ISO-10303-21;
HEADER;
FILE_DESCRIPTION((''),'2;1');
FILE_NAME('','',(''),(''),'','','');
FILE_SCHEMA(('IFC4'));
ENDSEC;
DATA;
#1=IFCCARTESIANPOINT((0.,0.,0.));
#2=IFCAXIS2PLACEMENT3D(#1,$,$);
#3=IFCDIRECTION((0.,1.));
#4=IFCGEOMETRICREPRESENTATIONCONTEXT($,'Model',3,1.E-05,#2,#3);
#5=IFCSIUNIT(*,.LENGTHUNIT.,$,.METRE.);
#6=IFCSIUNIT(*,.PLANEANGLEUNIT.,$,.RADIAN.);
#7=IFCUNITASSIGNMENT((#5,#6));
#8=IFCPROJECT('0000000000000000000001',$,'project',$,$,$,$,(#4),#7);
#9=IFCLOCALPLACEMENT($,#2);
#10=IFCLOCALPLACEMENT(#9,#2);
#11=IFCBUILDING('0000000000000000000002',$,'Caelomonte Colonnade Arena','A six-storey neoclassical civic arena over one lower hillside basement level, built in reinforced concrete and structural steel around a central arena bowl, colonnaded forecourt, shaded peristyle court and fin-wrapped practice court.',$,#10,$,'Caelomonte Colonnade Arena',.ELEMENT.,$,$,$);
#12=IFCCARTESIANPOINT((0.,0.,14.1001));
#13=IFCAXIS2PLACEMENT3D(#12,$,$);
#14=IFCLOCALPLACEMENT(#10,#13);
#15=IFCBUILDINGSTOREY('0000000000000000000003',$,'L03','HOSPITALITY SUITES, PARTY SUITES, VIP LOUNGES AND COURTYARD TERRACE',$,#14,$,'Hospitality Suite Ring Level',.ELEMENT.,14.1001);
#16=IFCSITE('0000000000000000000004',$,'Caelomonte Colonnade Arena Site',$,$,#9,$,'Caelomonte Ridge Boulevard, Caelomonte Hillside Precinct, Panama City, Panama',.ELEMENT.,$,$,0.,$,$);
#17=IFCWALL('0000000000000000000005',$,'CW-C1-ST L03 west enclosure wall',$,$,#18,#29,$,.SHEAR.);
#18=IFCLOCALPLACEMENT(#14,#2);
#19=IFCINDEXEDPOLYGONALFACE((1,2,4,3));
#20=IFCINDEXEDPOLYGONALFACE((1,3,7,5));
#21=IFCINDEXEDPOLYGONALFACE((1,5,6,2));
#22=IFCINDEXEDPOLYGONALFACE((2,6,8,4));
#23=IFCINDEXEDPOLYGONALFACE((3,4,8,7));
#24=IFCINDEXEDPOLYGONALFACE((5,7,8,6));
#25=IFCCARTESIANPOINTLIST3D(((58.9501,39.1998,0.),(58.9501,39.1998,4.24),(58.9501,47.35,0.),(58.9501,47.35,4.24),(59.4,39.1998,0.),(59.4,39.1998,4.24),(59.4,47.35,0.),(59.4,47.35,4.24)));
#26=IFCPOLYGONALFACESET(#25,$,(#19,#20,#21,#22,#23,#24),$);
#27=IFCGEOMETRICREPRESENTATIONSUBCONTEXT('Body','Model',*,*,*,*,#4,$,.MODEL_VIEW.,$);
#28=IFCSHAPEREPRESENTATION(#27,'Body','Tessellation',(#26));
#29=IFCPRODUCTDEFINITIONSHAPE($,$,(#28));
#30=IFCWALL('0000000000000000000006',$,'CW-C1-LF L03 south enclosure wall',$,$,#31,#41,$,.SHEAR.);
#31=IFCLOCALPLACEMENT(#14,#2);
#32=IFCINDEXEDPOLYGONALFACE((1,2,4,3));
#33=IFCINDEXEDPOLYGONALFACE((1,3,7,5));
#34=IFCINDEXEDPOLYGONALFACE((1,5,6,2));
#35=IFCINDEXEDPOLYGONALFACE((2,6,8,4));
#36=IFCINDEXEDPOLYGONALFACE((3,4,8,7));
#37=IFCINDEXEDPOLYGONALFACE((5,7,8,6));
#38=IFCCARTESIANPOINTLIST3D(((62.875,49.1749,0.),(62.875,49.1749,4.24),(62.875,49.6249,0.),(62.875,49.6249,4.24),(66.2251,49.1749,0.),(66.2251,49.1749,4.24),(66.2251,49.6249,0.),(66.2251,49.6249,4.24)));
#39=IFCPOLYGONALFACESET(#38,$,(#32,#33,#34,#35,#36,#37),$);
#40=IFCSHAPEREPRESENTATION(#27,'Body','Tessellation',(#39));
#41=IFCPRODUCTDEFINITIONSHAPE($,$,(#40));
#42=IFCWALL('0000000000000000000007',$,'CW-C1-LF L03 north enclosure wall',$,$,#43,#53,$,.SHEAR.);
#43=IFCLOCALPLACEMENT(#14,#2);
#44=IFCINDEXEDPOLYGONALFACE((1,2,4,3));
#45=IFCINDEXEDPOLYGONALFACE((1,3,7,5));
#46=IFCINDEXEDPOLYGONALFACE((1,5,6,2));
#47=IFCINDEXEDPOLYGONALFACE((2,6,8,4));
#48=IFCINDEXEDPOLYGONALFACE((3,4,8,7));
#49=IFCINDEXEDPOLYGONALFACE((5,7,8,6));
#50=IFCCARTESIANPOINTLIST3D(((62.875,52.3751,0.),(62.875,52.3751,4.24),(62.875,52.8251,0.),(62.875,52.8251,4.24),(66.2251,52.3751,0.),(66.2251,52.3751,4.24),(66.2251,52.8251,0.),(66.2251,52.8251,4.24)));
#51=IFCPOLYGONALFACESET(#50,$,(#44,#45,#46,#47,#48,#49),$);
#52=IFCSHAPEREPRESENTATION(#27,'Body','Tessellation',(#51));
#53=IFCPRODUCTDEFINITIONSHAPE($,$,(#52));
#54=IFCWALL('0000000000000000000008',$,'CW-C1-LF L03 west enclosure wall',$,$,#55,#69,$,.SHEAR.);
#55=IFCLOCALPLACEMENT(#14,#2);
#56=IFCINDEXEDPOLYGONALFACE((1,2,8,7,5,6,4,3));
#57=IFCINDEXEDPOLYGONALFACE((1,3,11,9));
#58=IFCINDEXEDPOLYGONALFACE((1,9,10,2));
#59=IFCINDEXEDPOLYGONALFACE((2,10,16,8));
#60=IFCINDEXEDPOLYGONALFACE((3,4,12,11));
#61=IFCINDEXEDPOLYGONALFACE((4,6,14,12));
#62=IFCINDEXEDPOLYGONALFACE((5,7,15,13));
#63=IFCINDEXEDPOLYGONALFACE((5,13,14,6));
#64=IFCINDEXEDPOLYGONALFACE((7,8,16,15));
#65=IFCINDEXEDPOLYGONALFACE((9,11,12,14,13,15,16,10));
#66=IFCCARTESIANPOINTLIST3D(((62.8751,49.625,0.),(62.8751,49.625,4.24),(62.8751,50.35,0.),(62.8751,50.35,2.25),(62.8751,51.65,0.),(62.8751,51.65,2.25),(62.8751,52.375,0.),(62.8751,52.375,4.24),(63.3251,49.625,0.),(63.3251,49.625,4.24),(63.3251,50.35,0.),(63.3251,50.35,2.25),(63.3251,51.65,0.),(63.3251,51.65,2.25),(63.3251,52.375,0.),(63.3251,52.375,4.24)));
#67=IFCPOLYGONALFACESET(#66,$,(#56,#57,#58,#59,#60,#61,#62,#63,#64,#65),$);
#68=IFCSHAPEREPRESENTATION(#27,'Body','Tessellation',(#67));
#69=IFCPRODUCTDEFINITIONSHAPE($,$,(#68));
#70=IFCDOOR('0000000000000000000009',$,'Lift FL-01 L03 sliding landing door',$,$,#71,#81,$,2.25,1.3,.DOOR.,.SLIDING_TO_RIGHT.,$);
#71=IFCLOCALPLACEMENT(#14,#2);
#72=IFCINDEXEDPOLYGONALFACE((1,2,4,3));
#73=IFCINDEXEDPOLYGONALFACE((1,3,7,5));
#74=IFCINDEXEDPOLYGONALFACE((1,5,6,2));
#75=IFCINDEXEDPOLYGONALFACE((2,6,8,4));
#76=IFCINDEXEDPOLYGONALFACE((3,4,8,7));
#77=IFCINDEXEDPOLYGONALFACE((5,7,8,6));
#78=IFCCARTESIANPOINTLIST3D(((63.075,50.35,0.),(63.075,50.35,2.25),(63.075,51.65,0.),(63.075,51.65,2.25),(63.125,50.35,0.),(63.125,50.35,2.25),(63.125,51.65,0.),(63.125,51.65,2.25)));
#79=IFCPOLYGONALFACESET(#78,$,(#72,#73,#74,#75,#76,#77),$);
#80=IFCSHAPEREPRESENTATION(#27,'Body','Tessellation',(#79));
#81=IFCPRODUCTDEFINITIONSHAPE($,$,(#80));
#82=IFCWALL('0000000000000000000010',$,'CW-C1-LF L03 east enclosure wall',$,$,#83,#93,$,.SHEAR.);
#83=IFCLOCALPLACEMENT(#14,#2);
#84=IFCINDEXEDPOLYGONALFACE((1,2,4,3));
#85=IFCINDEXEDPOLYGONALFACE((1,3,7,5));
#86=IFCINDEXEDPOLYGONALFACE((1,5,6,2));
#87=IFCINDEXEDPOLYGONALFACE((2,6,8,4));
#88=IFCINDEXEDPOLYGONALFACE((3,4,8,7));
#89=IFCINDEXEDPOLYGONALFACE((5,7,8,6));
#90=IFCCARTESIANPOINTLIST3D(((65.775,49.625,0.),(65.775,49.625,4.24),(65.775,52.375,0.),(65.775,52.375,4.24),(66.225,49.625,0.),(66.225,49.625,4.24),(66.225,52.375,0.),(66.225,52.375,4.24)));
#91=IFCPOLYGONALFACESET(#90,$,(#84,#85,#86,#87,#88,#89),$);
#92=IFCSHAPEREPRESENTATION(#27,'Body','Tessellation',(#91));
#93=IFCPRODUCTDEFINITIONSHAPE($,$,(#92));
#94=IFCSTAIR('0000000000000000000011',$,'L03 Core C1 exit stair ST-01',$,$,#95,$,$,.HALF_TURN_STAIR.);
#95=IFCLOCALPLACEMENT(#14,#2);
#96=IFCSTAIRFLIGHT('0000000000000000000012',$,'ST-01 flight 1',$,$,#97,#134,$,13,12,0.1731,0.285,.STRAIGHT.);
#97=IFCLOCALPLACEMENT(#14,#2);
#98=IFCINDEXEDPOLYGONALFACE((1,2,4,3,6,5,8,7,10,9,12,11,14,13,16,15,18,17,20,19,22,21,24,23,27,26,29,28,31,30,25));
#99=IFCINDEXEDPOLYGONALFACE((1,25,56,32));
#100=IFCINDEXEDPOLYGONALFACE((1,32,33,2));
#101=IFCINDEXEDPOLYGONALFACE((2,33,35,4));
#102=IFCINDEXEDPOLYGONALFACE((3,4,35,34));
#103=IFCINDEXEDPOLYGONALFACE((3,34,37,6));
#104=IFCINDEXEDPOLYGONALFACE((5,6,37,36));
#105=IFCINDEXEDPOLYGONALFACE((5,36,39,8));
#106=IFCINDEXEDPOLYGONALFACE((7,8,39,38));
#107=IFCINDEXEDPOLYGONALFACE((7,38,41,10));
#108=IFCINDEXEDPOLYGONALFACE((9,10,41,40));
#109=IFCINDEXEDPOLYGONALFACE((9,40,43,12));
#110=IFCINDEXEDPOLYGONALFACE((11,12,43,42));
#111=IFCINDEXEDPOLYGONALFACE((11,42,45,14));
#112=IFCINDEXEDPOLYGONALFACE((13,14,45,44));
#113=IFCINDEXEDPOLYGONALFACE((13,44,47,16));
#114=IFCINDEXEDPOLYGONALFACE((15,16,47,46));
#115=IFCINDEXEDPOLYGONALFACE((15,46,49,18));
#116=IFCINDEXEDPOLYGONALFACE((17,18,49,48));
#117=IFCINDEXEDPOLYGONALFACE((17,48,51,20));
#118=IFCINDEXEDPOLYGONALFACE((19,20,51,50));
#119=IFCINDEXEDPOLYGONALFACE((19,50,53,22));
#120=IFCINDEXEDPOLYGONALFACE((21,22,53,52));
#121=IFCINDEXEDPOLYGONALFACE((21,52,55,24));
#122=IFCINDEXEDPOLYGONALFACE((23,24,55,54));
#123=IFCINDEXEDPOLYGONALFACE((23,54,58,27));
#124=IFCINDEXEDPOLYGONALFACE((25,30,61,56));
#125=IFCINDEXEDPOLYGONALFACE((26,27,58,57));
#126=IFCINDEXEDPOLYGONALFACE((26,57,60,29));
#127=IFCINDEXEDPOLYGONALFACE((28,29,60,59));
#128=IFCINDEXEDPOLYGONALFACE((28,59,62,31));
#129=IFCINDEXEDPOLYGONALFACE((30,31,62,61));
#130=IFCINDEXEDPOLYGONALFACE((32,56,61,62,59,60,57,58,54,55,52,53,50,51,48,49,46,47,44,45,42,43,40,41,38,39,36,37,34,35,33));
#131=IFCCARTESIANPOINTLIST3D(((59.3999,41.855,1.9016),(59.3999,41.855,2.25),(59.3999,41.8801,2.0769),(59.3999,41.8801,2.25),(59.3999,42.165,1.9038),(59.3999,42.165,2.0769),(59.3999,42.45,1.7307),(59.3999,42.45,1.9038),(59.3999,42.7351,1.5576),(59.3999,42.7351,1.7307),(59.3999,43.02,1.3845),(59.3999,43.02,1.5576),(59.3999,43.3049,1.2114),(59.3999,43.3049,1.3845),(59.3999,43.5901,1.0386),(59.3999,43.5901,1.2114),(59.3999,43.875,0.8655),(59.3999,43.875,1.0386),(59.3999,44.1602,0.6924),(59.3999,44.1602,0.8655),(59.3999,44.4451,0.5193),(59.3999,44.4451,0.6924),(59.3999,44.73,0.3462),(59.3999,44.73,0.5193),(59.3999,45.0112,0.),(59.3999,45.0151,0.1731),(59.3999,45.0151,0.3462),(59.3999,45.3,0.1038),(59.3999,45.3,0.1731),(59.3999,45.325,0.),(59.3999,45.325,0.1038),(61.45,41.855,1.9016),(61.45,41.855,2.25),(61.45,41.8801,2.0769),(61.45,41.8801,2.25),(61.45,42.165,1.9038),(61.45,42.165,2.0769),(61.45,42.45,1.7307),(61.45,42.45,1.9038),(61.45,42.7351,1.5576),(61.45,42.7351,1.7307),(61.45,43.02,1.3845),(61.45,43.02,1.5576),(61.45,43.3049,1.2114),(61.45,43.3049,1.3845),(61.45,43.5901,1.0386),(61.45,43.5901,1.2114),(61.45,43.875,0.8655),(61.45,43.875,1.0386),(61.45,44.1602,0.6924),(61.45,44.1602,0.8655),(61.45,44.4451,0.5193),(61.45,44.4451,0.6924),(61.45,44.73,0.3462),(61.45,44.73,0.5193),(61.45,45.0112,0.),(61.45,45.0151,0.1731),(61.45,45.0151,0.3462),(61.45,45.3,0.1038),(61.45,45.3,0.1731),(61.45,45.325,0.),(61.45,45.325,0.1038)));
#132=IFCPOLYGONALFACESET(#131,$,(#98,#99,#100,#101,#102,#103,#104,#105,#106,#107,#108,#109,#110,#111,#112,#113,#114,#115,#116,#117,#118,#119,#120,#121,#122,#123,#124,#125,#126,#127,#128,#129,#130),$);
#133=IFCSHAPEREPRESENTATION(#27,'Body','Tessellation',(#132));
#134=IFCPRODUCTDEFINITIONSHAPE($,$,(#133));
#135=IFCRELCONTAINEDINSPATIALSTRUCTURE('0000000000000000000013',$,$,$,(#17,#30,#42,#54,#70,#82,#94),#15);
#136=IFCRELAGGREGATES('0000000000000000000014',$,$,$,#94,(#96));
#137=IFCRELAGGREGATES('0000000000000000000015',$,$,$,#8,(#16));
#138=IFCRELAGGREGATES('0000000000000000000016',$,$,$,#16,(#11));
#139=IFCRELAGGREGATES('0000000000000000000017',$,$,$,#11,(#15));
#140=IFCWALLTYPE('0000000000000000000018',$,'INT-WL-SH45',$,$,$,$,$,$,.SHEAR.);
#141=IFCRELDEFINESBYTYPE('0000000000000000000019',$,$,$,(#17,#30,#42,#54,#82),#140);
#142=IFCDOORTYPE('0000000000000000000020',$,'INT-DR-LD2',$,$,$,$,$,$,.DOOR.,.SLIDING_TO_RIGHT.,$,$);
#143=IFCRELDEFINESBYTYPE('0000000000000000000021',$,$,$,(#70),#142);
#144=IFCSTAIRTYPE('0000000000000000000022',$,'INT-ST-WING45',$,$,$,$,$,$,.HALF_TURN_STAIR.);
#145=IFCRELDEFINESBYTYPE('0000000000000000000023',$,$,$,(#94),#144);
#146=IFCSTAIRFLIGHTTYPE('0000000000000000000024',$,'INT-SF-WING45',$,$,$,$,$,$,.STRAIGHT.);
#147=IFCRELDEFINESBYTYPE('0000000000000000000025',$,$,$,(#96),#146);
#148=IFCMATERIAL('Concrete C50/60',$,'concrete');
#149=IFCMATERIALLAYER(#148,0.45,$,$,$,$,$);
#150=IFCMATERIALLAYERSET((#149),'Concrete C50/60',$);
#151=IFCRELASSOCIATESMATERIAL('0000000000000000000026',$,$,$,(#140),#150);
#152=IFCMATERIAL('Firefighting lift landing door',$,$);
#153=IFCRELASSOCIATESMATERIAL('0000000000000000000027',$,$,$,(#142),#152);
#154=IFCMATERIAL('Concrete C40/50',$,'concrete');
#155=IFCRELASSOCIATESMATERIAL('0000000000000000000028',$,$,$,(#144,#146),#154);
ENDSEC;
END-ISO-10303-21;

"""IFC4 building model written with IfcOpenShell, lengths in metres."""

from ifc_helpers import new_model, si_unit, direction, frame, frame_2d, origin, place, context, subcontext, project, spatial, polyline, rectangle, outline, extrude, material, layer, layer_set, type_object, element, fill, aggregate, save


model = new_model("IFC4")

# Units and contexts
model_context = context("Model", 3, precision=1e-05, world=origin(), true_north=direction((0.0, 1.0)))
body_context = subcontext(model_context, "Body", "Model", "MODEL_VIEW")
ifc_project = project(units=[si_unit("LENGTHUNIT", "METRE"), si_unit("PLANEANGLEUNIT", "RADIAN")], contexts=[model_context])

# Site, building, storey
site_placement = place(None, origin())
site = spatial("IfcSite", under=ifc_project, at=site_placement, Name="Caelomonte Colonnade Arena Site", LongName="Caelomonte Ridge Boulevard, Caelomonte Hillside Precinct, Panama City, Panama", CompositionType="ELEMENT", RefElevation=0.0)
building_placement = place(site_placement, origin())
building = spatial("IfcBuilding", under=site, at=building_placement, Name="Caelomonte Colonnade Arena", Description="A six-storey neoclassical civic arena over one lower hillside basement level, built in reinforced concrete and structural steel around a central arena bowl, colonnaded forecourt, shaded peristyle court and fin-wrapped practice court.", LongName="Caelomonte Colonnade Arena", CompositionType="ELEMENT")
storey_placement = place(building_placement, frame((0.0, 0.0, 14.1001)))
storey = spatial("IfcBuildingStorey", under=building, at=storey_placement, Name="L03", Description="HOSPITALITY SUITES, PARTY SUITES, VIP LOUNGES AND COURTYARD TERRACE", LongName="Hospitality Suite Ring Level", CompositionType="ELEMENT", Elevation=14.1001)

# Shared definitions
ifc_material_1 = material(Name="Concrete C40/50", Category="concrete")

# Shared definitions
ifc_material_2 = material(Name="Concrete C50/60", Category="concrete")
ifc_layer_1 = layer(ifc_material_2, 0.45)
ifc_layer_set_1 = layer_set([ifc_layer_1], Name="Concrete C50/60")
wall_type_1 = type_object("IfcWallType", Name="INT-WL-SH45", PredefinedType="SHEAR", material=ifc_layer_set_1)

# Walls
wall_1_placement = place(storey_placement, frame((59.175, 47.3501, 0.0), z_axis=(0.0, 0.0, 1.0), x_axis=(0.0, -1.0, 0.0)))
element("IfcWall", 1, at=wall_1_placement, inside=storey, type_object=wall_type_1, Name="CW-C1-ST L03 west enclosure wall", PredefinedType="SHEAR", context=body_context, shape_type="SweptSolid", body=[
    extrude(rectangle(XDim=8.1501, YDim=0.45, at=frame_2d((4.0752, 0.0))), origin(), (0.0, 0.0, 1.0), 4.24),
])
for number, where, z_axis, x_axis, name in (
    (2, (62.875, 49.3999, 0.0), (0.0, 0.0, 1.0), (1.0, 0.0, 0.0), "CW-C1-LF L03 south enclosure wall"),
    (3, (66.2251, 52.6001, 0.0), (0.0, 0.0, 1.0), (-1.0, 0.0, 0.0), "CW-C1-LF L03 north enclosure wall"),
):
    element("IfcWall", number, at=place(storey_placement, frame(where, z_axis=z_axis, x_axis=x_axis)), inside=storey, type_object=wall_type_1, Name=name, PredefinedType="SHEAR", context=body_context, shape_type="SweptSolid", body=[
        extrude(rectangle(XDim=3.3501, YDim=0.45, at=frame_2d((1.675, 0.0))), origin(), (0.0, 0.0, 1.0), 4.24),
    ])

# Wall, opening, door
wall_2_placement = place(storey_placement, frame((63.1001, 52.375, 0.0), z_axis=(0.0, 0.0, 1.0), x_axis=(0.0, -1.0, 0.0)))
wall_2 = element("IfcWall", 4, at=wall_2_placement, inside=storey, type_object=wall_type_1, Name="CW-C1-LF L03 west enclosure wall", PredefinedType="SHEAR", context=body_context, shape_type="SweptSolid", body=[
    extrude(rectangle(XDim=2.75, YDim=0.45, at=frame_2d((1.375, 0.0))), origin(), (0.0, 0.0, 1.0), 4.24),
])
opening_1_placement = place(wall_2_placement, frame((0.7251, 0.0, 0.0), z_axis=(0.0, 0.0, 1.0), x_axis=(1.0, 0.0, 0.0)))
opening_1 = element("IfcOpeningElement", 5, at=opening_1_placement, cuts=wall_2, PredefinedType="OPENING", context=body_context, shape_type="SweptSolid", body=[
    extrude(rectangle(XDim=1.3, YDim=2.25, at=frame_2d((0.6499, 1.125))), frame((0.0, 0.2349, 0.0), z_axis=(0.0, -1.0, 0.0), x_axis=(1.0, 0.0, 0.0)), (0.0, 0.0, 1.0), 0.47),
])
ifc_material_3 = material(Name="Firefighting lift landing door")
door_type_1 = type_object("IfcDoorType", Name="INT-DR-LD2", OperationType="SLIDING_TO_RIGHT", PredefinedType="DOOR", material=ifc_material_3)
door_1_placement = place(opening_1_placement, origin())
door_1 = element("IfcDoor", 6, at=door_1_placement, inside=storey, type_object=door_type_1, Name="Lift FL-01 L03 sliding landing door", OperationType="SLIDING_TO_RIGHT", OverallHeight=2.25, OverallWidth=1.3, PredefinedType="DOOR", context=body_context, shape_type="SweptSolid", body=[
    extrude(rectangle(XDim=1.3, YDim=2.25, at=frame_2d((0.6499, 1.125))), frame((0.0, 0.0249, 0.0), z_axis=(0.0, -1.0, 0.0), x_axis=(1.0, 0.0, 0.0)), (0.0, 0.0, 1.0), 0.05),
])
fill(opening_1, door_1)

# Wall
wall_3_placement = place(storey_placement, frame((66.0, 49.625, 0.0), z_axis=(0.0, 0.0, 1.0), x_axis=(0.0, 1.0, 0.0)))
element("IfcWall", 7, at=wall_3_placement, inside=storey, type_object=wall_type_1, Name="CW-C1-LF L03 east enclosure wall", PredefinedType="SHEAR", context=body_context, shape_type="SweptSolid", body=[
    extrude(rectangle(XDim=2.75, YDim=0.45, at=frame_2d((1.375, 0.0))), origin(), (0.0, 0.0, 1.0), 4.24),
])

# Stair, stair flight
stair_type = type_object("IfcStairType", Name="INT-ST-WING45", PredefinedType="HALF_TURN_STAIR", material=ifc_material_1)
stair_placement = place(storey_placement, origin())
stair = element("IfcStair", 8, at=stair_placement, inside=storey, type_object=stair_type, Name="L03 Core C1 exit stair ST-01", PredefinedType="HALF_TURN_STAIR")
stair_flight_type = type_object("IfcStairFlightType", Name="INT-SF-WING45", PredefinedType="STRAIGHT", material=ifc_material_1)
stair_flight_placement = place(storey_placement, frame((60.425, 45.3, 0.0), z_axis=(0.0, 0.0, 1.0), x_axis=(0.0, -1.0, 0.0)))
stair_flight = element("IfcStairFlight", 9, at=stair_flight_placement, type_object=stair_flight_type, Name="ST-01 flight 1", NumberOfRisers=13, NumberOfTreads=12, PredefinedType="STRAIGHT", RiserHeight=0.1731, TreadLength=0.285, context=body_context, shape_type="SweptSolid", body=[
    extrude(outline(polyline([(-0.0249, 0.0), (-0.0249, 0.1038), (0.0, 0.1038), (0.0, 0.1731), (0.2849, 0.1731), (0.2849, 0.3462), (0.5701, 0.3462), (0.5701, 0.5193), (0.855, 0.5193), (0.855, 0.6924), (1.1399, 0.6924), (1.1399, 0.8655), (1.425, 0.8655), (1.425, 1.0386), (1.71, 1.0386), (1.71, 1.2114), (1.9951, 1.2114), (1.9951, 1.3845), (2.28, 1.3845), (2.28, 1.5576), (2.5649, 1.5576), (2.5649, 1.7307), (2.8501, 1.7307), (2.8501, 1.9038), (3.135, 1.9038), (3.135, 2.0769), (3.4199, 2.0769), (3.4199, 2.25), (3.4451, 2.25), (3.4451, 1.9016), (0.2888, 0.0), (-0.0249, 0.0)])), frame((0.0, 1.0249, 0.0), z_axis=(0.0, -1.0, 0.0), x_axis=(1.0, 0.0, 0.0)), (0.0, 0.0, 1.0), 2.05),
])
aggregate(stair, [stair_flight])

save(model, "model.ifc")
